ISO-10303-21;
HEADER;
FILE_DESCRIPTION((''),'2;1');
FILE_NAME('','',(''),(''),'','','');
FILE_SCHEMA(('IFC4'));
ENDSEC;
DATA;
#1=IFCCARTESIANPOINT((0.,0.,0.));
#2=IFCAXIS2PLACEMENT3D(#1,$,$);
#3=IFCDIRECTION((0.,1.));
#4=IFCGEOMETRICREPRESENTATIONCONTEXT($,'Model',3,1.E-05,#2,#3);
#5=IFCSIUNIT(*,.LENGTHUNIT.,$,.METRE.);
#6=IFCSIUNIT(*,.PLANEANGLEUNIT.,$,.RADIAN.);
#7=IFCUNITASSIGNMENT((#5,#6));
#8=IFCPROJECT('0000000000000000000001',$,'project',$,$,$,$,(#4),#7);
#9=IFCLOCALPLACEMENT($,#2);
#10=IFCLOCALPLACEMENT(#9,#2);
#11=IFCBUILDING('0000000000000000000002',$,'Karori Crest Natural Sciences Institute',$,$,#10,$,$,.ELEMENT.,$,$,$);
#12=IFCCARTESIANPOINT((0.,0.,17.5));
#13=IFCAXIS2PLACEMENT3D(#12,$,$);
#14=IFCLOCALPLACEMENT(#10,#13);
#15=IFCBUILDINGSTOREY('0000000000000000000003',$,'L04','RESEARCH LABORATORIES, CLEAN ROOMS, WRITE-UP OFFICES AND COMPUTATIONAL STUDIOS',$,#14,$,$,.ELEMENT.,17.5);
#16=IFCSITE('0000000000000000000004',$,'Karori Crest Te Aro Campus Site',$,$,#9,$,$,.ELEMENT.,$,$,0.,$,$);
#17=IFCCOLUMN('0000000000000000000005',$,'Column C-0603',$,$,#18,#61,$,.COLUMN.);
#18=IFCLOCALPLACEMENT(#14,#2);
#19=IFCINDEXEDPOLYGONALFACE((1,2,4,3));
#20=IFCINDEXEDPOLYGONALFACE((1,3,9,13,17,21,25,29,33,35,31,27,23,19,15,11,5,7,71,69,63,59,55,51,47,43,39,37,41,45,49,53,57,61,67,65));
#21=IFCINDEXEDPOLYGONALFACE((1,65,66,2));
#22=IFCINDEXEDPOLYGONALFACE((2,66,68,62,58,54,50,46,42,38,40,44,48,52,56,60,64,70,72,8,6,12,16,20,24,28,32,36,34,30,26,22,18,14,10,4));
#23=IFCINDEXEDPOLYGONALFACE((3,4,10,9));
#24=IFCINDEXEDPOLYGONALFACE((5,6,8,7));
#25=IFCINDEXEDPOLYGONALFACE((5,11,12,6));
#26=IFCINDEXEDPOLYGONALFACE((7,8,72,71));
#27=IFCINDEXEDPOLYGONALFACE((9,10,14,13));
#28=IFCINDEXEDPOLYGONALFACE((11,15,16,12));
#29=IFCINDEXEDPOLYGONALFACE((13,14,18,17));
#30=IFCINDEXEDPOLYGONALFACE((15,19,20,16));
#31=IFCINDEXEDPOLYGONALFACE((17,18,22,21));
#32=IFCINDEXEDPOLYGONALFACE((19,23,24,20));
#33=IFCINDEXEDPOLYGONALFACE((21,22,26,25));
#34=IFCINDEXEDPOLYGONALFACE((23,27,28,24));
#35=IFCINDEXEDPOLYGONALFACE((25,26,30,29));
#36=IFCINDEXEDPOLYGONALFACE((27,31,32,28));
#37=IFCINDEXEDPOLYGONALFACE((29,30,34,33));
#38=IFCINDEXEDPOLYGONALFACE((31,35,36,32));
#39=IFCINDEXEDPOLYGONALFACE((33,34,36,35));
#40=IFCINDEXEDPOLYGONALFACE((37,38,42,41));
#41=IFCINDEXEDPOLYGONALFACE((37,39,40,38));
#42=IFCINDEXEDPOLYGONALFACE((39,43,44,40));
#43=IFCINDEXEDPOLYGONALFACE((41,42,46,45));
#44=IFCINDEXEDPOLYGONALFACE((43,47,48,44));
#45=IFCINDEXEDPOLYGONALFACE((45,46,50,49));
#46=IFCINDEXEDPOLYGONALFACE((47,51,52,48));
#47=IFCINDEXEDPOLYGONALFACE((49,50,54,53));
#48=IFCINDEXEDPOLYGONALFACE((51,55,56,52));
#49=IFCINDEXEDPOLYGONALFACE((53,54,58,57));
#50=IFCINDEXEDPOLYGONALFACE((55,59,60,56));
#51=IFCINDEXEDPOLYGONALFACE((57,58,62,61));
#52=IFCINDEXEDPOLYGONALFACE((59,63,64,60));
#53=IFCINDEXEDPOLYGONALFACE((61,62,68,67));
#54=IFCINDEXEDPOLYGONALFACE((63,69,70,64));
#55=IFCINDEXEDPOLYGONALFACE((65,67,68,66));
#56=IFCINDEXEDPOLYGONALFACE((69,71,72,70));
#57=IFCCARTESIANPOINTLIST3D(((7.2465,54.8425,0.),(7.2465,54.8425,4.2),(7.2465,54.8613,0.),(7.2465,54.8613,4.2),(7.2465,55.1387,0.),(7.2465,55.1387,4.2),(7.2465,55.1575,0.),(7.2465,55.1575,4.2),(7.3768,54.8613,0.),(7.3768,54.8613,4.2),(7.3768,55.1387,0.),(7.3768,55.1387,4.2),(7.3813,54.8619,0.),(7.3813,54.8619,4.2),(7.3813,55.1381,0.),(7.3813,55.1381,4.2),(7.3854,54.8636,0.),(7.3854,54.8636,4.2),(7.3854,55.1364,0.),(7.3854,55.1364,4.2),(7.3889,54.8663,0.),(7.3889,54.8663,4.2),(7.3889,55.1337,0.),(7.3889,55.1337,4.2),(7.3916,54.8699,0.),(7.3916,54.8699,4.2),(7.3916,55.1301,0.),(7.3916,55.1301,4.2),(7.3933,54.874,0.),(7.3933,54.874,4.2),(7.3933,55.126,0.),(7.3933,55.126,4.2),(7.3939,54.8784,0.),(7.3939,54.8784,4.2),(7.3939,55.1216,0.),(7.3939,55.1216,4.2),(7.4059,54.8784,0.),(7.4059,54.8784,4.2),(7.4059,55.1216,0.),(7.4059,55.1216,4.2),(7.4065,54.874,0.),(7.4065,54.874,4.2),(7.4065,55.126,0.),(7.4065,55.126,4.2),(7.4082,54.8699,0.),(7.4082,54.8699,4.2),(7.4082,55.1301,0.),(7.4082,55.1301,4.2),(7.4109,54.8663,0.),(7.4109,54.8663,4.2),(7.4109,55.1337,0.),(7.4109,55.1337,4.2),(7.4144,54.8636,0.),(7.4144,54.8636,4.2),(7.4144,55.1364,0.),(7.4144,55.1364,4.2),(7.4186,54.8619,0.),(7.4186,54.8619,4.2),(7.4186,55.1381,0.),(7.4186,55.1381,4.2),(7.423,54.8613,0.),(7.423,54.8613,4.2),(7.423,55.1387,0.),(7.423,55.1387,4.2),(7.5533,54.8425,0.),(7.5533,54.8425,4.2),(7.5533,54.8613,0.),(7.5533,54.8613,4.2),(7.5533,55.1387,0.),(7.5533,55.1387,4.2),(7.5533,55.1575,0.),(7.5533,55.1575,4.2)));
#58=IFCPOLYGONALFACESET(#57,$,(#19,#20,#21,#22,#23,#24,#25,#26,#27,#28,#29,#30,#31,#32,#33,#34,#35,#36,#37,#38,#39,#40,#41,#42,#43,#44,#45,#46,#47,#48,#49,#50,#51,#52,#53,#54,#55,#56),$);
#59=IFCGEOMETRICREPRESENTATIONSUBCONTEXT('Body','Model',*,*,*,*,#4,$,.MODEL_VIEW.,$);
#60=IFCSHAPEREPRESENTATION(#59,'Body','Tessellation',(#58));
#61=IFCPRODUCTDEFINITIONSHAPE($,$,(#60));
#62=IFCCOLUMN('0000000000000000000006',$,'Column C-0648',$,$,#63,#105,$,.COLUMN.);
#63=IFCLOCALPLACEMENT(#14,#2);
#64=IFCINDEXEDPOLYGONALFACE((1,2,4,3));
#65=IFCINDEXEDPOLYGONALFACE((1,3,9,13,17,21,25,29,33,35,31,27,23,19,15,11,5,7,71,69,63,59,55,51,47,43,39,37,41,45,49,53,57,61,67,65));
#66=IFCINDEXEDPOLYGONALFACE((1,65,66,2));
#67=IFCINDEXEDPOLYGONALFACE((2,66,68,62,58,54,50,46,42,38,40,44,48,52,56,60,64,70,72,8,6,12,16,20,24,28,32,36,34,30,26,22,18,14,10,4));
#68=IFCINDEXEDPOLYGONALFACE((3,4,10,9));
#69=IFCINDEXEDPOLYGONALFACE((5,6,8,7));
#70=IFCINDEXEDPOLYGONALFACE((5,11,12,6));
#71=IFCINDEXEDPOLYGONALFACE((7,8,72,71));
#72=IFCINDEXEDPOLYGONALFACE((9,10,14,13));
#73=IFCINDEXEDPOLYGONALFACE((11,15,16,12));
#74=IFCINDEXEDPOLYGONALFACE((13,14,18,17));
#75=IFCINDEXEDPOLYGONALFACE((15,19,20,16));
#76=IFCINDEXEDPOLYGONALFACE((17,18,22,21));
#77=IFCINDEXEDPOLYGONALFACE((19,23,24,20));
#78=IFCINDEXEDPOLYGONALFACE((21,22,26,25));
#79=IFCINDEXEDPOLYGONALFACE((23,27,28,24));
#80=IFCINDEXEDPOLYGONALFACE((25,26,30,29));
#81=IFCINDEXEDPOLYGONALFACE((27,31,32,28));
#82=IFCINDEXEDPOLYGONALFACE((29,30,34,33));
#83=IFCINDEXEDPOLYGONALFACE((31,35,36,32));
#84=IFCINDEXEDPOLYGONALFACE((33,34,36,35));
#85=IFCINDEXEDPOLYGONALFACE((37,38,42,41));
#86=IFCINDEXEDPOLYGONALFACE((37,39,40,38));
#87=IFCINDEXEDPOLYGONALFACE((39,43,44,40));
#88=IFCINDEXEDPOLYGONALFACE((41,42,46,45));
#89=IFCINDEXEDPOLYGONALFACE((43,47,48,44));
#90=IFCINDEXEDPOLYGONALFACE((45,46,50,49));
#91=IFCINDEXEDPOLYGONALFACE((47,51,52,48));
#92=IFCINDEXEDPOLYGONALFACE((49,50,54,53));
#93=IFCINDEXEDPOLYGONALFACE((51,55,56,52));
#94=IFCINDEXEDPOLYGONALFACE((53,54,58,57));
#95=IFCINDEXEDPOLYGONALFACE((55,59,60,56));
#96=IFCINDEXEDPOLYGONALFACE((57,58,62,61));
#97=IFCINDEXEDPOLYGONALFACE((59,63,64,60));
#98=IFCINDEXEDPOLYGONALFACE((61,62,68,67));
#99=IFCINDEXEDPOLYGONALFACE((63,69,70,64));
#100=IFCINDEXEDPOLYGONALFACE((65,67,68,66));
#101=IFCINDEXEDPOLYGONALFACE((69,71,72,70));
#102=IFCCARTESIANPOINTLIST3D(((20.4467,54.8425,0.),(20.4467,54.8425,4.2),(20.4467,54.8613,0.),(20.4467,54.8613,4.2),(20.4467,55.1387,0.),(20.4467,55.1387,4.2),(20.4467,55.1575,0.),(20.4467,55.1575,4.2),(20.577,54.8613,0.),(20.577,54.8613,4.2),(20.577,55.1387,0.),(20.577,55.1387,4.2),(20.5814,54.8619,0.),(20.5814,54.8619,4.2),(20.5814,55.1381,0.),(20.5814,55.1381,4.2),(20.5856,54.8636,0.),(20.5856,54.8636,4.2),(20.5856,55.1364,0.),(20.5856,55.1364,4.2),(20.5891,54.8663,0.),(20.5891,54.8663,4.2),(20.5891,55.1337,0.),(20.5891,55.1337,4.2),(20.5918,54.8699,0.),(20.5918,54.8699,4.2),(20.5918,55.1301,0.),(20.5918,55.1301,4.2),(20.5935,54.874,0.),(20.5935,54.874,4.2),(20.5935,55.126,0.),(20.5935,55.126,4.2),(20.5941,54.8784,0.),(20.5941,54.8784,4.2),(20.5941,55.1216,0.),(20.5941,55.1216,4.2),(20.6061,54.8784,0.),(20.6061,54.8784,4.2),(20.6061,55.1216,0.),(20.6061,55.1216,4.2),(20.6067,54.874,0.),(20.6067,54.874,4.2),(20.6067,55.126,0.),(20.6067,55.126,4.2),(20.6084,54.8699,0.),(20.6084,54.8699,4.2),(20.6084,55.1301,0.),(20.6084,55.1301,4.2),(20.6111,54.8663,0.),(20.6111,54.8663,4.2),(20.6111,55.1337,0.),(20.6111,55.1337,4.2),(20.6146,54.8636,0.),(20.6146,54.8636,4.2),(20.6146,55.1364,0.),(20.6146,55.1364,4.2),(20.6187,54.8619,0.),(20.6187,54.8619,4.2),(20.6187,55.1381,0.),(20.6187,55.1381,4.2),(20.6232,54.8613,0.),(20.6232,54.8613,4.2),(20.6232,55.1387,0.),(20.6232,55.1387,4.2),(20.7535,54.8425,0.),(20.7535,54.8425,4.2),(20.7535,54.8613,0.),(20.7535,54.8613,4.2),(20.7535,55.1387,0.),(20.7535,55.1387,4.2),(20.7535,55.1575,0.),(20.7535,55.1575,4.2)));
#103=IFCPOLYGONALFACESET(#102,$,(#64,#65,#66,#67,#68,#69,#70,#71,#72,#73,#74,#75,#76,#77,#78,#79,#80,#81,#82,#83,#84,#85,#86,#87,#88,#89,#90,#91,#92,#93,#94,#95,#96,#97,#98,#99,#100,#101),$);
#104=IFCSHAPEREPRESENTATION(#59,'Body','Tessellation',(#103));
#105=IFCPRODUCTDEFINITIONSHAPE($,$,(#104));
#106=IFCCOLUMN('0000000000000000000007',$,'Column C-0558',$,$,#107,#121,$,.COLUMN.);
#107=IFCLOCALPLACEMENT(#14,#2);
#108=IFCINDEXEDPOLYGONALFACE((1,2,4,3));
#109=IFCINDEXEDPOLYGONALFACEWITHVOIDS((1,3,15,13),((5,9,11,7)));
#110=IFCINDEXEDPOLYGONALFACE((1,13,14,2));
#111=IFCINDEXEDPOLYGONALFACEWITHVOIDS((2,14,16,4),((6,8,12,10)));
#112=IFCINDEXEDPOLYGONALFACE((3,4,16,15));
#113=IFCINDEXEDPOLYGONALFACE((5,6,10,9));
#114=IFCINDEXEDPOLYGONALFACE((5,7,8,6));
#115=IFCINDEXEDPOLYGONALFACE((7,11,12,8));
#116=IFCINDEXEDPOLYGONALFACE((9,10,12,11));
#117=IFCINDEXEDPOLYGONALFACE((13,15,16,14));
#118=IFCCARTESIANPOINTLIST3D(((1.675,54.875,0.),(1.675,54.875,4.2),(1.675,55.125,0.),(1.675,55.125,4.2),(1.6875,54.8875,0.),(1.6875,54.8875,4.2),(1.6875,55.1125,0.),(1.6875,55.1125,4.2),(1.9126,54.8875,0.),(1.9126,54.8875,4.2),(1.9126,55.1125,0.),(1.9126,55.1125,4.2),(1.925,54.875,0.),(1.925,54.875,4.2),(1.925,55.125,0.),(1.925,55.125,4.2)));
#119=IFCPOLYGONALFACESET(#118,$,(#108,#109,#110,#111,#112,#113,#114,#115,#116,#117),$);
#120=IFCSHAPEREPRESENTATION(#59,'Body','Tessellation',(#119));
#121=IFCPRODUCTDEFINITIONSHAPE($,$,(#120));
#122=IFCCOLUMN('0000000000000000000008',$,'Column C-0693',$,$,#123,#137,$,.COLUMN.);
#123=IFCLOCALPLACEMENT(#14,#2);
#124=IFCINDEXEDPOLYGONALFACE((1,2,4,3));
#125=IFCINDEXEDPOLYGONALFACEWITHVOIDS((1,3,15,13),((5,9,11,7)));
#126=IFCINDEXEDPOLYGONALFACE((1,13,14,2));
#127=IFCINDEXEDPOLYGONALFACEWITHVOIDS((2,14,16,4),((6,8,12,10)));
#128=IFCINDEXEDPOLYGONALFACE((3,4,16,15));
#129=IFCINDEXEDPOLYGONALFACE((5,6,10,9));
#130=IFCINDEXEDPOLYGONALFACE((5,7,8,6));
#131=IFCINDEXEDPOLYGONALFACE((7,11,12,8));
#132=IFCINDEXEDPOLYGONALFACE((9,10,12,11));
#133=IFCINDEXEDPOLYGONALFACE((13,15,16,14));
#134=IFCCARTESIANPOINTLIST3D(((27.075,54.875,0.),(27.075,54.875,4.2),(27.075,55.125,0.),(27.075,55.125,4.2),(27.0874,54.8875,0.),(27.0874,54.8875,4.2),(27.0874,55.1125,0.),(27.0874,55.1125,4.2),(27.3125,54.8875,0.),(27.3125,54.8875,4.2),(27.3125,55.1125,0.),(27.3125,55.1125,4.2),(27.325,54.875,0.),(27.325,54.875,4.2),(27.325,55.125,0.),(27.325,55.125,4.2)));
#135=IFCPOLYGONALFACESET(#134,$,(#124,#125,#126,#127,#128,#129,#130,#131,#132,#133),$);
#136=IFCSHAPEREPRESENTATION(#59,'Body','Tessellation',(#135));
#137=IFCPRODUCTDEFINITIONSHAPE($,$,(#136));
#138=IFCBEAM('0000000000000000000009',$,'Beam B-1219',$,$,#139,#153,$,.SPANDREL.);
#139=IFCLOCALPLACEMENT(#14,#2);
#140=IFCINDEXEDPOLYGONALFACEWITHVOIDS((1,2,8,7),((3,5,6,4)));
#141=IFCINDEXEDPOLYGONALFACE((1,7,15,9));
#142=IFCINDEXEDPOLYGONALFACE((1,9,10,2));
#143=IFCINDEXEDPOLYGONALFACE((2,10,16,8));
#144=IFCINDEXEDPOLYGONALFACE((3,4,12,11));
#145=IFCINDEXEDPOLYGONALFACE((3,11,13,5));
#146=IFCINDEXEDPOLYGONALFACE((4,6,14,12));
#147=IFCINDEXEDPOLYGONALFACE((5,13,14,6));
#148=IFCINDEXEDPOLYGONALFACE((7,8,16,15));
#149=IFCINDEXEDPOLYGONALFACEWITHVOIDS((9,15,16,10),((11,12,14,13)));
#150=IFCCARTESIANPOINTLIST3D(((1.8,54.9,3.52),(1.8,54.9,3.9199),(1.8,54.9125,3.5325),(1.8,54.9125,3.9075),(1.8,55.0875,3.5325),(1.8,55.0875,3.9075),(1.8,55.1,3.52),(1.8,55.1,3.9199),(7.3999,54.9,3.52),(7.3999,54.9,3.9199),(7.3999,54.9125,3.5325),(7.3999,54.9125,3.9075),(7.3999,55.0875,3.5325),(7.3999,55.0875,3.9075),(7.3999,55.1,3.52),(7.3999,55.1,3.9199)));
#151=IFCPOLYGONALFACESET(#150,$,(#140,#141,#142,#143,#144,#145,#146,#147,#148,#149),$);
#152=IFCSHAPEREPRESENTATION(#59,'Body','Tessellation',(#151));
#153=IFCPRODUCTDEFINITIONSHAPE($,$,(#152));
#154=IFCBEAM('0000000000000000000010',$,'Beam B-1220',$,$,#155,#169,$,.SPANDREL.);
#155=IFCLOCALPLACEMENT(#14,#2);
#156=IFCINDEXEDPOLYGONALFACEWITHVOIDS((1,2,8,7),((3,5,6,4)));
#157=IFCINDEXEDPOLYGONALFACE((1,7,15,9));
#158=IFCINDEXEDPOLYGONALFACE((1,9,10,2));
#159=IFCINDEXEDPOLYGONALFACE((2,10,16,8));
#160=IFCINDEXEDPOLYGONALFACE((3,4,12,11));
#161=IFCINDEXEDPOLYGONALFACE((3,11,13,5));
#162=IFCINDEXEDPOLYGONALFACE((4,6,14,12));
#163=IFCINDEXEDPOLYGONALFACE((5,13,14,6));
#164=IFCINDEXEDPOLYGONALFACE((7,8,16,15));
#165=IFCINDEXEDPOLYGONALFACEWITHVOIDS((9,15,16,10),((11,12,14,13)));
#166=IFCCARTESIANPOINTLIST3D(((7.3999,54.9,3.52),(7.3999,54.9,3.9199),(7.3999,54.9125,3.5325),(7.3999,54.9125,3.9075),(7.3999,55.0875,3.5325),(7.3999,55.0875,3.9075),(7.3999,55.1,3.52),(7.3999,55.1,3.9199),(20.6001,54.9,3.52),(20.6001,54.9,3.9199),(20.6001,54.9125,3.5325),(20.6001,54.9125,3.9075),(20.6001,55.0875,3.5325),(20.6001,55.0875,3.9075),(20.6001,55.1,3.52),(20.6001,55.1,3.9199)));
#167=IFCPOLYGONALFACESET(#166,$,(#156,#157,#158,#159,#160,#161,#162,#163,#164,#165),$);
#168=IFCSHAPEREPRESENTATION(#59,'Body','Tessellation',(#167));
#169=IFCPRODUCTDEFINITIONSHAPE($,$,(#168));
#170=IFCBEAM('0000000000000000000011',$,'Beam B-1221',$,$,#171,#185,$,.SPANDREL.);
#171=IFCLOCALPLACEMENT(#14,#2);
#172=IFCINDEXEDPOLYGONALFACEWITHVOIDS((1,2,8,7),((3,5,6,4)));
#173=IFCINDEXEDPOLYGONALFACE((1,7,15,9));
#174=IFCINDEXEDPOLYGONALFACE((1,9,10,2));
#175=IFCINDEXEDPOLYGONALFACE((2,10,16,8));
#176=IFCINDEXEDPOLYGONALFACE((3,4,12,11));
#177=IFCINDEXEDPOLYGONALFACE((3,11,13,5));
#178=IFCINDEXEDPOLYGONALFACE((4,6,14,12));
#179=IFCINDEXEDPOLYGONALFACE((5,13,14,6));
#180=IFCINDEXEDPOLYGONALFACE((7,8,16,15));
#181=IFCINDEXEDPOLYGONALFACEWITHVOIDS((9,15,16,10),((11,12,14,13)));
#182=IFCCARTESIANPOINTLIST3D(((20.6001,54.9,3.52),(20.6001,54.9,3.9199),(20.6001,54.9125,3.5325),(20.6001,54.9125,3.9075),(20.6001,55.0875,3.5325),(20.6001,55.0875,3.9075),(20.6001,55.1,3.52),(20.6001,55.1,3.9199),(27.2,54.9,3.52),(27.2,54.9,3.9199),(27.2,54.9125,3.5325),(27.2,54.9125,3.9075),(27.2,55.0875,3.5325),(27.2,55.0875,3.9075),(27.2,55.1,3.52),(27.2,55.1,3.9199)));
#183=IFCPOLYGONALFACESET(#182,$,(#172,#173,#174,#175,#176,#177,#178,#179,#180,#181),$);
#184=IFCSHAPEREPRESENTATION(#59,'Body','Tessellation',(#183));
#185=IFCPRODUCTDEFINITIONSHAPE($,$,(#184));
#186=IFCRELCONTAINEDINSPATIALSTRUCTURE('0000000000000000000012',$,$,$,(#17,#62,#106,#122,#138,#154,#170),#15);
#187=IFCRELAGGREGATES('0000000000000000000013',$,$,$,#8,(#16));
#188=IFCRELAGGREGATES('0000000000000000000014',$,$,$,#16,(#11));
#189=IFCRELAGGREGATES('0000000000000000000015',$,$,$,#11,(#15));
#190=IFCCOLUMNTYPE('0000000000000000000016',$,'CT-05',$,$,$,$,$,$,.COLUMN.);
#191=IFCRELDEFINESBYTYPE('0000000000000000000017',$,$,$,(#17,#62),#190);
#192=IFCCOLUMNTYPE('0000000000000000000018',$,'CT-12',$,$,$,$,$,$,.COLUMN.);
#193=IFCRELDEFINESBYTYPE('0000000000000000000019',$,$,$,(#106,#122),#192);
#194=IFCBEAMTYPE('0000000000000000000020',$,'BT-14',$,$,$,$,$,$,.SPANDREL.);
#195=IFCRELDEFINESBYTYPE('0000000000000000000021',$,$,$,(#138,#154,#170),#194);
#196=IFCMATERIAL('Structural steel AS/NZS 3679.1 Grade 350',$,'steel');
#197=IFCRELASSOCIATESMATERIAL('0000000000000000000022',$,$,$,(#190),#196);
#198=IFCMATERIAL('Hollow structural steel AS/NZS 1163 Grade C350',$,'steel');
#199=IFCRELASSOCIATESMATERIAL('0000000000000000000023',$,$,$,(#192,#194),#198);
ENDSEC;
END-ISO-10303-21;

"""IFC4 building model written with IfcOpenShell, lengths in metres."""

from ifc_helpers import new_model, si_unit, direction, frame, origin, origin_2d, place, context, subcontext, project, spatial, hollow_rectangle, i_section, extrude, material, material_profile, profile_set, type_object, element, save


model = new_model("IFC4")

# Units and contexts
model_context = context("Model", 3, precision=1e-05, world=origin(), true_north=direction((0.0, 1.0)))
body_context = subcontext(model_context, "Body", "Model", "MODEL_VIEW")
ifc_project = project(units=[si_unit("LENGTHUNIT", "METRE"), si_unit("PLANEANGLEUNIT", "RADIAN")], contexts=[model_context])

# Site, building, storey
site_placement = place(None, origin())
site = spatial("IfcSite", under=ifc_project, at=site_placement, Name="Karori Crest Te Aro Campus Site", CompositionType="ELEMENT", RefElevation=0.0)
building_placement = place(site_placement, origin())
building = spatial("IfcBuilding", under=site, at=building_placement, Name="Karori Crest Natural Sciences Institute", CompositionType="ELEMENT")
storey_placement = place(building_placement, frame((0.0, 0.0, 17.5)))
storey = spatial("IfcBuildingStorey", under=building, at=storey_placement, Name="L04", Description="RESEARCH LABORATORIES, CLEAN ROOMS, WRITE-UP OFFICES AND COMPUTATIONAL STUDIOS", CompositionType="ELEMENT", Elevation=17.5)

# Columns
ifc_material_1 = material(Name="Structural steel AS/NZS 3679.1 Grade 350", Category="steel")
ifc_material_profile_1 = material_profile(ifc_material_1, i_section(OverallWidth=0.3069, OverallDepth=0.3149, WebThickness=0.012, FlangeThickness=0.0188, FilletRadius=0.0171, at=origin_2d()), Name="310UC118")
ifc_profile_set_1 = profile_set([ifc_material_profile_1], Name="Structural steel AS/NZS 3679.1 Grade 350")
column_type_1 = type_object("IfcColumnType", Name="CT-05", PredefinedType="COLUMN", material=ifc_profile_set_1)
for number, where, z_axis, x_axis, name in (
    (1, (7.3999, 55.0, 0.0), (0.0, 0.0, 1.0), (1.0, 0.0, 0.0), "Column C-0603"),
    (2, (20.6001, 55.0, 0.0), (0.0, 0.0, 1.0), (1.0, 0.0, 0.0), "Column C-0648"),
):
    element("IfcColumn", number, at=place(storey_placement, frame(where, z_axis=z_axis, x_axis=x_axis)), inside=storey, type_object=column_type_1, Name=name, PredefinedType="COLUMN", context=body_context, shape_type="SweptSolid", body=[
        extrude(i_section(OverallWidth=0.3069, OverallDepth=0.3149, WebThickness=0.012, FlangeThickness=0.0188, FilletRadius=0.0171, at=origin_2d()), origin(), (0.0, 0.0, 1.0), 4.2),
    ])
ifc_material_2 = material(Name="Hollow structural steel AS/NZS 1163 Grade C350", Category="steel")
ifc_material_profile_2 = material_profile(ifc_material_2, hollow_rectangle(XDim=0.25, YDim=0.25, WallThickness=0.0125, at=origin_2d()), Name="SHS250x250x12.5")
ifc_profile_set_2 = profile_set([ifc_material_profile_2], Name="Hollow structural steel AS/NZS 1163 Grade C350")
column_type_2 = type_object("IfcColumnType", Name="CT-12", PredefinedType="COLUMN", material=ifc_profile_set_2)
for number, where, z_axis, x_axis, name in (
    (3, (1.8, 55.0, 0.0), (0.0, 0.0, 1.0), (1.0, 0.0, 0.0), "Column C-0558"),
    (4, (27.2, 55.0, 0.0), (0.0, 0.0, 1.0), (1.0, 0.0, 0.0), "Column C-0693"),
):
    element("IfcColumn", number, at=place(storey_placement, frame(where, z_axis=z_axis, x_axis=x_axis)), inside=storey, type_object=column_type_2, Name=name, PredefinedType="COLUMN", context=body_context, shape_type="SweptSolid", body=[
        extrude(hollow_rectangle(XDim=0.25, YDim=0.25, WallThickness=0.0125, at=origin_2d()), origin(), (0.0, 0.0, 1.0), 4.2),
    ])

# Beams
ifc_material_profile_3 = material_profile(ifc_material_2, hollow_rectangle(XDim=0.2, YDim=0.3999, WallThickness=0.0125, at=origin_2d()), Name="RHS400x200x12.5")
ifc_profile_set_3 = profile_set([ifc_material_profile_3], Name="Hollow structural steel AS/NZS 1163 Grade C350")
beam_type = type_object("IfcBeamType", Name="BT-14", PredefinedType="SPANDREL", material=ifc_profile_set_3)
beam_1_placement = place(storey_placement, frame((1.8, 55.0, 3.72), z_axis=(1.0, 0.0, 0.0), x_axis=(0.0, 1.0, 0.0)))
element("IfcBeam", 5, at=beam_1_placement, inside=storey, type_object=beam_type, Name="Beam B-1219", PredefinedType="SPANDREL", context=body_context, shape_type="SweptSolid", body=[
    extrude(hollow_rectangle(XDim=0.2, YDim=0.3999, WallThickness=0.0125, at=origin_2d()), origin(), (0.0, 0.0, 1.0), 5.5999),
])
beam_2_placement = place(storey_placement, frame((7.3999, 55.0, 3.72), z_axis=(1.0, 0.0, 0.0), x_axis=(0.0, 1.0, 0.0)))
element("IfcBeam", 6, at=beam_2_placement, inside=storey, type_object=beam_type, Name="Beam B-1220", PredefinedType="SPANDREL", context=body_context, shape_type="SweptSolid", body=[
    extrude(hollow_rectangle(XDim=0.2, YDim=0.3999, WallThickness=0.0125, at=origin_2d()), origin(), (0.0, 0.0, 1.0), 13.2002),
])
beam_3_placement = place(storey_placement, frame((20.6001, 55.0, 3.72), z_axis=(1.0, 0.0, 0.0), x_axis=(0.0, 1.0, 0.0)))
element("IfcBeam", 7, at=beam_3_placement, inside=storey, type_object=beam_type, Name="Beam B-1221", PredefinedType="SPANDREL", context=body_context, shape_type="SweptSolid", body=[
    extrude(hollow_rectangle(XDim=0.2, YDim=0.3999, WallThickness=0.0125, at=origin_2d()), origin(), (0.0, 0.0, 1.0), 6.5999),
])

save(model, "model.ifc")
